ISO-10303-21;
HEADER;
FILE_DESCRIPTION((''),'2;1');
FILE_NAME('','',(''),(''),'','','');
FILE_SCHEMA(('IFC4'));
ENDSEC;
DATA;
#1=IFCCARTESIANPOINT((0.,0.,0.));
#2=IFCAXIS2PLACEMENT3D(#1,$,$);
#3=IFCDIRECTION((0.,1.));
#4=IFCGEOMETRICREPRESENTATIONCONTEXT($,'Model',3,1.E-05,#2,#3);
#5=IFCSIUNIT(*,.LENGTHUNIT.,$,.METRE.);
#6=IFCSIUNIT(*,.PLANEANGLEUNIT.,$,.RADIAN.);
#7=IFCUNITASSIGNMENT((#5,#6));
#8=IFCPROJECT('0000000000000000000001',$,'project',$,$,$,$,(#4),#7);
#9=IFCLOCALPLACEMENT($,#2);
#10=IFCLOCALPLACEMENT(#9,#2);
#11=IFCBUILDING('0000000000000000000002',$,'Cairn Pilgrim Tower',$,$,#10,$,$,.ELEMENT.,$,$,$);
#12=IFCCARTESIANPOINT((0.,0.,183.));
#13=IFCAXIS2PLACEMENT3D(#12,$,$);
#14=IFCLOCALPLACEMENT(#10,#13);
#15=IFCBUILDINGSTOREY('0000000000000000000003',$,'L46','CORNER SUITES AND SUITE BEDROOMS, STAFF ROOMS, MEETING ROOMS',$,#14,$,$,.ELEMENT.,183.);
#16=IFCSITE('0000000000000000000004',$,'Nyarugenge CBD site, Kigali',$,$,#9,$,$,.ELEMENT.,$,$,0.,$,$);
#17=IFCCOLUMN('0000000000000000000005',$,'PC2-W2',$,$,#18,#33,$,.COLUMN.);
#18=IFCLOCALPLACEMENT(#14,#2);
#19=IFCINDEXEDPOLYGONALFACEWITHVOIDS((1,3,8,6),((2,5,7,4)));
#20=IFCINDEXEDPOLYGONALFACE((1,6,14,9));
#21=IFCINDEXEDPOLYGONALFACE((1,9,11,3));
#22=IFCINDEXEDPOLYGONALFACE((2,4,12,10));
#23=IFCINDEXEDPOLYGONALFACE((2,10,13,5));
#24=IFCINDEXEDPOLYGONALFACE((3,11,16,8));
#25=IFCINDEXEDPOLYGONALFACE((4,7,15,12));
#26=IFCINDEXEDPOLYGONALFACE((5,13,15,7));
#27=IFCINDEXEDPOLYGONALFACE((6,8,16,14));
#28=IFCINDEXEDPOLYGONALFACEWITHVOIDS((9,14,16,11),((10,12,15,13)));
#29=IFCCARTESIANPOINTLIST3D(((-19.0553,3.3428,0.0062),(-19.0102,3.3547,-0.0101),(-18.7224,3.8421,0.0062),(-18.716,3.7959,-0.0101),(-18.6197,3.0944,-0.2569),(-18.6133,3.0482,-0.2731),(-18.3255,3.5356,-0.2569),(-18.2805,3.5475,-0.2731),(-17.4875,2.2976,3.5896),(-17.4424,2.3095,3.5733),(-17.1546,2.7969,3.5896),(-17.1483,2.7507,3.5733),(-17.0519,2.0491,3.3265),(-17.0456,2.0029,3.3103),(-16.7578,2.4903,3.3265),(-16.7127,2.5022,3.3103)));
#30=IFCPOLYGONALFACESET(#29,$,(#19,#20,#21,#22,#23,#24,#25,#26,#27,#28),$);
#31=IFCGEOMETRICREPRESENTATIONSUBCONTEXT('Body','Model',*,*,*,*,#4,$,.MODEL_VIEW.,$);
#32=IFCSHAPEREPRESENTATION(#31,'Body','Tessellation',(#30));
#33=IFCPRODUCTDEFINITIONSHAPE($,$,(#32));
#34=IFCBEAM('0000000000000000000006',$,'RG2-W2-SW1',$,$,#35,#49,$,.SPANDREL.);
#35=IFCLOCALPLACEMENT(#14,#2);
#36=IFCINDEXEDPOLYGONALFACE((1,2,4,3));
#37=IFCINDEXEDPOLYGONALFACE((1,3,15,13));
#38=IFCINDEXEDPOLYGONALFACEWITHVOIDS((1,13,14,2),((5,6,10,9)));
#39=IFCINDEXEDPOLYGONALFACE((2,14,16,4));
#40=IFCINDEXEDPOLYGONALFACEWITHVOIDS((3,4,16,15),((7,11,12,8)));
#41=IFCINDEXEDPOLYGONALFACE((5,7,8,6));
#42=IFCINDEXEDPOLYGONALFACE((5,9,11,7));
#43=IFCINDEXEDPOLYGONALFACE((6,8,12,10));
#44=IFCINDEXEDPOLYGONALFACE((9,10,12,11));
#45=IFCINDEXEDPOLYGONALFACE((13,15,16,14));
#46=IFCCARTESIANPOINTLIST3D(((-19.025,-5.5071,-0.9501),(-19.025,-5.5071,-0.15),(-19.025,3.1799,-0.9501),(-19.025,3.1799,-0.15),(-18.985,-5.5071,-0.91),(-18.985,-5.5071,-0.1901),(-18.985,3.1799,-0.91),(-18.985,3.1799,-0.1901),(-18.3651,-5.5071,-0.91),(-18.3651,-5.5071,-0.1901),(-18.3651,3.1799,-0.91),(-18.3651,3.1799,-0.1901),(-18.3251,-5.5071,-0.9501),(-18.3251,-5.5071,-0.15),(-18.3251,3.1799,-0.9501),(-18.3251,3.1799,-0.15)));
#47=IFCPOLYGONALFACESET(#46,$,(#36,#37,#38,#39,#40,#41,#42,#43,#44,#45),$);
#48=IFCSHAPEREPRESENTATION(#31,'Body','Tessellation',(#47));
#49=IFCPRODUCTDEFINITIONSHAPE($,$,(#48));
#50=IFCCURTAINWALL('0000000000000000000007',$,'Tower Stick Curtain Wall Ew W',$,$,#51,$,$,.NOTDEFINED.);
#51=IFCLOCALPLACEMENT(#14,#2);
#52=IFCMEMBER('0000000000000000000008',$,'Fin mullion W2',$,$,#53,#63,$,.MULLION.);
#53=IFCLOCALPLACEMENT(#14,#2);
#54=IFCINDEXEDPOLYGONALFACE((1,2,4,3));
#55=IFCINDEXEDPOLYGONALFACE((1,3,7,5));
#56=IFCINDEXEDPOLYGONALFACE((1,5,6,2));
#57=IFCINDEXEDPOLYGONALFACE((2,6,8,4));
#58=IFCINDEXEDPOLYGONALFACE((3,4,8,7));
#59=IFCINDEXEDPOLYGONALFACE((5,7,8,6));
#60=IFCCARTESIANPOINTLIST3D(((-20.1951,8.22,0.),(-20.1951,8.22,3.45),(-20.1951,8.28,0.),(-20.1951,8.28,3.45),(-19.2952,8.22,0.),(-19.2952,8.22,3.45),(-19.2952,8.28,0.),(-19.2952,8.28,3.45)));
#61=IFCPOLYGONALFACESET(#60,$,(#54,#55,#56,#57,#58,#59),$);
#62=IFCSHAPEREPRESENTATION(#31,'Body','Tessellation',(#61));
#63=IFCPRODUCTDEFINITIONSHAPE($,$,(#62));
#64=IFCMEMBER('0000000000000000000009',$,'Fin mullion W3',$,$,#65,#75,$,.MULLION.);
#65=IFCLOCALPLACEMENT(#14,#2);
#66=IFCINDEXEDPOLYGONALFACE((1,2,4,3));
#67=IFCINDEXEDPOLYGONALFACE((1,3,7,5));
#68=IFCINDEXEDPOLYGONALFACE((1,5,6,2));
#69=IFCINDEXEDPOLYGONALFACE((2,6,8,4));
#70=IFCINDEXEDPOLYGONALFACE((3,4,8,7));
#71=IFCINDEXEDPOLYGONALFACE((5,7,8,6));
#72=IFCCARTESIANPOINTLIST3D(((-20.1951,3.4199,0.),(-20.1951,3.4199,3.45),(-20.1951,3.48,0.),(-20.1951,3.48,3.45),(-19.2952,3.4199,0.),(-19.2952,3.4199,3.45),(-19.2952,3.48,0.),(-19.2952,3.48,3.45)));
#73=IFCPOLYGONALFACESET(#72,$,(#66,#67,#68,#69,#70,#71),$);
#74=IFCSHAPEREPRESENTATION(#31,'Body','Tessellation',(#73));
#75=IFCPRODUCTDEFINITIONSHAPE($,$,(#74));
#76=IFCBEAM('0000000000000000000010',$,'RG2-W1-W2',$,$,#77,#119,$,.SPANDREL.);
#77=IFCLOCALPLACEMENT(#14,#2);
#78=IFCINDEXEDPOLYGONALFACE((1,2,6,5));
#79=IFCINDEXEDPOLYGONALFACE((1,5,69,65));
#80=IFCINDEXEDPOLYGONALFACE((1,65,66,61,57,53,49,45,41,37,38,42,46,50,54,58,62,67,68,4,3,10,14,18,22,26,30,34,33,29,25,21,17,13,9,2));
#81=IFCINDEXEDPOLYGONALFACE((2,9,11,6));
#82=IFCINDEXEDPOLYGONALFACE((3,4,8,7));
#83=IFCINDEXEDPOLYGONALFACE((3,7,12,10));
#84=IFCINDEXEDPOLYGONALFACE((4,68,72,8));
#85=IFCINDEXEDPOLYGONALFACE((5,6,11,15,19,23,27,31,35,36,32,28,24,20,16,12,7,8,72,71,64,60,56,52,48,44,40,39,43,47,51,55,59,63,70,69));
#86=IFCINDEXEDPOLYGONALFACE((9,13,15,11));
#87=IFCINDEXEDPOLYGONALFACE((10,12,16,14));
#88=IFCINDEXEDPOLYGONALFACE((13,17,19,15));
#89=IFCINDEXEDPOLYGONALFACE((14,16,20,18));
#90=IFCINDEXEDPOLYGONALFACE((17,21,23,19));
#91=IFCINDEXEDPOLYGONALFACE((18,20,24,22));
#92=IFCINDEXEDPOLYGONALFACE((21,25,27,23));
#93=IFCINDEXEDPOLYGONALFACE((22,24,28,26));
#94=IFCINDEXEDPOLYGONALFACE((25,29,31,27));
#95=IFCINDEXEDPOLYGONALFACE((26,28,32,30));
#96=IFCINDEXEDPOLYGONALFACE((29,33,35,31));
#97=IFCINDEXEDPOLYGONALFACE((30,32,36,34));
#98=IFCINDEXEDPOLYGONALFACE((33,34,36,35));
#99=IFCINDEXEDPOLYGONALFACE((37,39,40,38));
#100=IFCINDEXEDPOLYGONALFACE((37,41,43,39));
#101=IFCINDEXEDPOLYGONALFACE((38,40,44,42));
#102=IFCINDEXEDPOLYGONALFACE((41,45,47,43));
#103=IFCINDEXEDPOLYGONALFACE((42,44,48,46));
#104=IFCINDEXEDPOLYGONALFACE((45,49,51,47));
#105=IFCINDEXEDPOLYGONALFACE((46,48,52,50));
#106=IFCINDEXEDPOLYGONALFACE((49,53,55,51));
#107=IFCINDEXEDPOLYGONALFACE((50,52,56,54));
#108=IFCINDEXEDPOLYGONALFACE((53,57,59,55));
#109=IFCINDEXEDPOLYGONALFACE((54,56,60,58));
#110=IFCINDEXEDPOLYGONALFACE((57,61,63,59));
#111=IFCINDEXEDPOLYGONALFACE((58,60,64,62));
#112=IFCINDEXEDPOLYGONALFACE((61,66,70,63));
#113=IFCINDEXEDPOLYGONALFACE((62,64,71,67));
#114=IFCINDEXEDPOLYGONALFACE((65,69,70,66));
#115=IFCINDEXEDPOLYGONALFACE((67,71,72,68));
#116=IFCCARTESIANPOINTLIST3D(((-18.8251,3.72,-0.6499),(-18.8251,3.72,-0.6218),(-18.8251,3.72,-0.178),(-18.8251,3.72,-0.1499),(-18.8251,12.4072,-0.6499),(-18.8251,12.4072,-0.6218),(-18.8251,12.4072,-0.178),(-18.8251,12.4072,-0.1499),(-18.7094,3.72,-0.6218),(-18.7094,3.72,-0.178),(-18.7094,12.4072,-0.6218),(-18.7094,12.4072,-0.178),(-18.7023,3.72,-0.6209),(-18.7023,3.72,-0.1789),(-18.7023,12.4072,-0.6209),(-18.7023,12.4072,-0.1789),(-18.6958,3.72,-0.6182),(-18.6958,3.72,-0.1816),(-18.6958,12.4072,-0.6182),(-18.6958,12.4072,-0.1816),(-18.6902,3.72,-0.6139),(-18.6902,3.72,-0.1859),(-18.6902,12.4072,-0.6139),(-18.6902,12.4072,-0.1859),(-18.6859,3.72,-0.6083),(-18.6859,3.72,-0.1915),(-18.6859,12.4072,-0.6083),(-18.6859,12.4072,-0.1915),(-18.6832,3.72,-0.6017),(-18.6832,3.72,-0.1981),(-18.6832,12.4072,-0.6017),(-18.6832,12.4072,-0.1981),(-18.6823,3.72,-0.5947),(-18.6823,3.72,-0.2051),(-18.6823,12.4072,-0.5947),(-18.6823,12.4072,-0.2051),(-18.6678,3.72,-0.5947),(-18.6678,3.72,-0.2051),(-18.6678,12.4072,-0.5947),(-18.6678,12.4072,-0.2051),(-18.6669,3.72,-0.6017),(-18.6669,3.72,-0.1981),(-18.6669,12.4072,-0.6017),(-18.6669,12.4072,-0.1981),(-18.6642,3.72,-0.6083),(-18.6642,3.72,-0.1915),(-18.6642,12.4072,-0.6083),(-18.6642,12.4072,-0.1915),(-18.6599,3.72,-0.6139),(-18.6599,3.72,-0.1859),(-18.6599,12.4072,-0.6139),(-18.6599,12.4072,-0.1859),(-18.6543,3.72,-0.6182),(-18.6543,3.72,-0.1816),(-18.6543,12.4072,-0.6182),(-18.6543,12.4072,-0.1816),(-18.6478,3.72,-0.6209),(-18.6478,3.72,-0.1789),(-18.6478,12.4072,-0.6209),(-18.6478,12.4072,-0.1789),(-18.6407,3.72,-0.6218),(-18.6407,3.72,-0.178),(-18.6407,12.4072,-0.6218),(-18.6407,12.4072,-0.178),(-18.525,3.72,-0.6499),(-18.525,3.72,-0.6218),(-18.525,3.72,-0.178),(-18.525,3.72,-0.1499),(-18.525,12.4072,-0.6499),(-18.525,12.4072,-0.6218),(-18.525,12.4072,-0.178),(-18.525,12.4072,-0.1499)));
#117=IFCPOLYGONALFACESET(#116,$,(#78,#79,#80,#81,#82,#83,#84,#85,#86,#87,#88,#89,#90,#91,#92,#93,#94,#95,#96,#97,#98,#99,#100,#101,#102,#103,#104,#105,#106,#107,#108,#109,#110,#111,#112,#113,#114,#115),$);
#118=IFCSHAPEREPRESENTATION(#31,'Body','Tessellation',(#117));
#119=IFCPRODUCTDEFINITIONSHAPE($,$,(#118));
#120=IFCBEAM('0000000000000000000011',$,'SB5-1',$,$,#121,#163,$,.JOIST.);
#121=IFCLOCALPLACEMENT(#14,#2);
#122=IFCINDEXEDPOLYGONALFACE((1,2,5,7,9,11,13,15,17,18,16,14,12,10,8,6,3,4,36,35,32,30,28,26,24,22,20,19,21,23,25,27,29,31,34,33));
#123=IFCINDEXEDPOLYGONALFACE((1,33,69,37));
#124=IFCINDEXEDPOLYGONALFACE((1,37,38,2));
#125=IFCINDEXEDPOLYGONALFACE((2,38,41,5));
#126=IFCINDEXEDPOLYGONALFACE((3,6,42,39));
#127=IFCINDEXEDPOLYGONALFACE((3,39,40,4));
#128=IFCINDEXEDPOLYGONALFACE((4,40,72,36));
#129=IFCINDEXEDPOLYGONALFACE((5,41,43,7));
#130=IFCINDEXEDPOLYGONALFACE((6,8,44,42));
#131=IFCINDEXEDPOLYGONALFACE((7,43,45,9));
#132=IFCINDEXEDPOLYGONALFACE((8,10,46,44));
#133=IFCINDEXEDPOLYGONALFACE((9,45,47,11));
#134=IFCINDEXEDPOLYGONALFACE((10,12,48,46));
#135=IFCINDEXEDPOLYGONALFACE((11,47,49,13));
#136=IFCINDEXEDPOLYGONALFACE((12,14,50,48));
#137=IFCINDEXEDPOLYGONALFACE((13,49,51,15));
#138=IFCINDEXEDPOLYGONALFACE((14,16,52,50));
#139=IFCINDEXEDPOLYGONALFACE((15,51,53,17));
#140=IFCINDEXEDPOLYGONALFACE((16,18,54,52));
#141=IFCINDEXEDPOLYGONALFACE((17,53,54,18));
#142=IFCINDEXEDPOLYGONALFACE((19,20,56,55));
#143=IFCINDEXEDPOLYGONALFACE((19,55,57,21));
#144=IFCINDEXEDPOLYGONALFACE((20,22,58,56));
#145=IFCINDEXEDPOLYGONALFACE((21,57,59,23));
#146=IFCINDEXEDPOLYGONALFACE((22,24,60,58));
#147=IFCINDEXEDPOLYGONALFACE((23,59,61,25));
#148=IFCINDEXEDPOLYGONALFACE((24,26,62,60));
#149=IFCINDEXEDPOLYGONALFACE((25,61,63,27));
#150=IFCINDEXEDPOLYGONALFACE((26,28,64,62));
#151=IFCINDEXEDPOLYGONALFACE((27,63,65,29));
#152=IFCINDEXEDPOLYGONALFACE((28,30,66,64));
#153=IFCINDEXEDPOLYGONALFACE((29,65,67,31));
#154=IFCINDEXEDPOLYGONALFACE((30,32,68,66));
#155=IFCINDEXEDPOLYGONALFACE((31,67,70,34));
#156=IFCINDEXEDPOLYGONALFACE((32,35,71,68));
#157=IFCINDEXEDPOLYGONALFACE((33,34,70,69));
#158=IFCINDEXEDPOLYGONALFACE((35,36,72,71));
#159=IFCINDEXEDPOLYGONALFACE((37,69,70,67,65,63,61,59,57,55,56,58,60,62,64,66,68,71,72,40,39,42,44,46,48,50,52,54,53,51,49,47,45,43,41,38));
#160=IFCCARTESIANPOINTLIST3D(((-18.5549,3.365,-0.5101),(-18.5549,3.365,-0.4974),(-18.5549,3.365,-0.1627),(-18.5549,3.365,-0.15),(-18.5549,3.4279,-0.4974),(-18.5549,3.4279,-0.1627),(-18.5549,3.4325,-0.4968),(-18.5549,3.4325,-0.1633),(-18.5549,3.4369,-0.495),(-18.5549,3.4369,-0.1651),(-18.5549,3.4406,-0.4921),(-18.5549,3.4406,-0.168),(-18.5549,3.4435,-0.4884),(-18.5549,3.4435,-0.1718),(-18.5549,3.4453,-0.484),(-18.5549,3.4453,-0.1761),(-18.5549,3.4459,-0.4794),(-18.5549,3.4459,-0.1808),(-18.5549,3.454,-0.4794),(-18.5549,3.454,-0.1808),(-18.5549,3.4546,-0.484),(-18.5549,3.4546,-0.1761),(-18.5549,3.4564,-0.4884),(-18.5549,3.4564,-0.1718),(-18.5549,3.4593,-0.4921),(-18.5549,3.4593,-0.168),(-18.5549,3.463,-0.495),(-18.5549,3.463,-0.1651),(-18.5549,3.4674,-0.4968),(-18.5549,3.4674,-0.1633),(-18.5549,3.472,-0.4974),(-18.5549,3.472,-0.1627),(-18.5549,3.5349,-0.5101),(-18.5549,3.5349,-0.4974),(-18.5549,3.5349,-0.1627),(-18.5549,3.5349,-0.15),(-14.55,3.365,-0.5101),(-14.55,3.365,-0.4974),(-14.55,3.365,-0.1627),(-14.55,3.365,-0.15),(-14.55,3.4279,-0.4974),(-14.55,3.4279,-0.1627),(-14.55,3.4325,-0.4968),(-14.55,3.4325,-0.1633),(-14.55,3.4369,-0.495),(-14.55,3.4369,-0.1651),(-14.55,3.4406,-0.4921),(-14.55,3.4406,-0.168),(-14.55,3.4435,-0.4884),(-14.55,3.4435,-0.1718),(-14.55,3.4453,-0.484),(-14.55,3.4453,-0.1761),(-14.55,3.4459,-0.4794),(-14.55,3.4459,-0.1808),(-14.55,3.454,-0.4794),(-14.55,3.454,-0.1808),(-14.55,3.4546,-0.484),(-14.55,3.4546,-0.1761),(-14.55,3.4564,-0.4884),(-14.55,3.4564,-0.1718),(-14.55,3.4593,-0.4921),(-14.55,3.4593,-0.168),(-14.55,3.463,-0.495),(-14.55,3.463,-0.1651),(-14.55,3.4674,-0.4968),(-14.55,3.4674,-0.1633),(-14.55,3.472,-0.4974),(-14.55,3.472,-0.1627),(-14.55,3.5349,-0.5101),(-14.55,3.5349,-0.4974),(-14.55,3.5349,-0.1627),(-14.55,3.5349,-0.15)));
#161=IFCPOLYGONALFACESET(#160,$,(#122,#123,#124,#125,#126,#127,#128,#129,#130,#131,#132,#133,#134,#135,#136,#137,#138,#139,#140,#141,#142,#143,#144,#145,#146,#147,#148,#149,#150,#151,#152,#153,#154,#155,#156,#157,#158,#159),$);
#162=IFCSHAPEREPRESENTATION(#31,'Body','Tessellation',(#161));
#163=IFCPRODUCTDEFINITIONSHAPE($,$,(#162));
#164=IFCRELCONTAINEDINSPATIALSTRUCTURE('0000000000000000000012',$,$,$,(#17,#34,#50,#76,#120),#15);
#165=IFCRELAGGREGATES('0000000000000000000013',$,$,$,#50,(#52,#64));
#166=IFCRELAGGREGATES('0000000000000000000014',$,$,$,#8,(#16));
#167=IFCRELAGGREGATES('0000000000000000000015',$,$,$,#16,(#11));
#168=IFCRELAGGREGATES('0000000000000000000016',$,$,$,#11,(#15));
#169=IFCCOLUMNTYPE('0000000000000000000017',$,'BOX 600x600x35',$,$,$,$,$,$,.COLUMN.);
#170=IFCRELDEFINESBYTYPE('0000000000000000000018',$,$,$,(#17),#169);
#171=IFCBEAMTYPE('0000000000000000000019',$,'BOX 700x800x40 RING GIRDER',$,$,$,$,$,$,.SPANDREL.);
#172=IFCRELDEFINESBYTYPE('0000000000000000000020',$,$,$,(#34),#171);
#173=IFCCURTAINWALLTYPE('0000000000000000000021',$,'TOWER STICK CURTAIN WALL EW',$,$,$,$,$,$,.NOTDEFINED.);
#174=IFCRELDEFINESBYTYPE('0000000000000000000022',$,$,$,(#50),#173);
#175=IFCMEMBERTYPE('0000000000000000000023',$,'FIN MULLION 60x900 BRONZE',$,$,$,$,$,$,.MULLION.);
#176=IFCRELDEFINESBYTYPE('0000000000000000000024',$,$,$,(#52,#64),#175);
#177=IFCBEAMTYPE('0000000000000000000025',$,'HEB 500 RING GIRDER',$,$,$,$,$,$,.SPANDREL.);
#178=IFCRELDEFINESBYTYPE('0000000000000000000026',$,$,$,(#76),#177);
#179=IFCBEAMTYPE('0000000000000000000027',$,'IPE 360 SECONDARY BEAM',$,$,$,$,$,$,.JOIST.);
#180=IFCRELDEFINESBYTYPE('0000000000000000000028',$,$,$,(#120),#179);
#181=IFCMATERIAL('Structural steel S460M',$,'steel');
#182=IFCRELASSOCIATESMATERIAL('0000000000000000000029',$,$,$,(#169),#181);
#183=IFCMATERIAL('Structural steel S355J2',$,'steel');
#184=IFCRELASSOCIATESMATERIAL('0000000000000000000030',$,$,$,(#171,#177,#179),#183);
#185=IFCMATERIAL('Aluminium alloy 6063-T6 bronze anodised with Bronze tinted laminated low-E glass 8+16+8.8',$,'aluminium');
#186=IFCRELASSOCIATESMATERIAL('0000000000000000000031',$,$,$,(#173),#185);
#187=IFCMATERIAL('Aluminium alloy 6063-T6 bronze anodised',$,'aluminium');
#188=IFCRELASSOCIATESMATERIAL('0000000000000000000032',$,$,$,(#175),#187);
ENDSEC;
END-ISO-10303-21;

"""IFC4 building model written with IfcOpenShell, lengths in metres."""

from ifc_helpers import new_model, si_unit, direction, frame, origin, origin_2d, place, context, subcontext, project, spatial, rectangle, hollow_rectangle, i_section, extrude, clip, halfspace, material, material_profile, profile_set, type_object, element, aggregate, save


model = new_model("IFC4")

# Units and contexts
model_context = context("Model", 3, precision=1e-05, world=origin(), true_north=direction((0.0, 1.0)))
body_context = subcontext(model_context, "Body", "Model", "MODEL_VIEW")
ifc_project = project(units=[si_unit("LENGTHUNIT", "METRE"), si_unit("PLANEANGLEUNIT", "RADIAN")], contexts=[model_context])

# Site, building, storey
site_placement = place(None, origin())
site = spatial("IfcSite", under=ifc_project, at=site_placement, Name="Nyarugenge CBD site, Kigali", CompositionType="ELEMENT", RefElevation=0.0)
building_placement = place(site_placement, origin())
building = spatial("IfcBuilding", under=site, at=building_placement, Name="Cairn Pilgrim Tower", CompositionType="ELEMENT")
storey_placement = place(building_placement, frame((0.0, 0.0, 183.0)))
storey = spatial("IfcBuildingStorey", under=building, at=storey_placement, Name="L46", Description="CORNER SUITES AND SUITE BEDROOMS, STAFF ROOMS, MEETING ROOMS", CompositionType="ELEMENT", Elevation=183.0)

# Column
ifc_material_1 = material(Name="Structural steel S460M", Category="steel")
ifc_material_profile_1 = material_profile(ifc_material_1, hollow_rectangle(XDim=0.6001, YDim=0.6001, WallThickness=0.0349, at=origin_2d()), Name="BOX 600x600x35")
ifc_profile_set_1 = profile_set([ifc_material_profile_1], Name="Structural steel S460M")
column_type = type_object("IfcColumnType", Name="BOX 600x600x35", PredefinedType="COLUMN", material=ifc_profile_set_1)
for number, where, z_axis, x_axis, name in (
    (1, (-18.675, 3.45, -0.1499), (0.387233, -0.258176, 0.885096), (0.55473, 0.83203, 0.0), "PC2-W2"),
):
    element("IfcColumn", number, at=place(storey_placement, frame(where, z_axis=z_axis, x_axis=x_axis)), inside=storey, type_object=column_type, Name=name, PredefinedType="COLUMN", context=body_context, shape_type="Clipping", body=[
        clip(extrude(hollow_rectangle(XDim=0.6001, YDim=0.6001, WallThickness=0.0349, at=origin_2d()), origin(), (0.0, 0.0, 1.0), 4.0671), halfspace(frame((0.0, 0.0, 0.0186), z_axis=(0.0, 0.0, 1.0), x_axis=(1.0, 0.0, 0.0)), True)),
    ])

# Beam
ifc_material_2 = material(Name="Structural steel S355J2", Category="steel")
ifc_material_profile_2 = material_profile(ifc_material_2, hollow_rectangle(XDim=0.7, YDim=0.8, WallThickness=0.04, at=origin_2d()), Name="BOX 700x800x40")
ifc_profile_set_2 = profile_set([ifc_material_profile_2], Name="Structural steel S355J2")
beam_type_1 = type_object("IfcBeamType", Name="BOX 700x800x40 RING GIRDER", PredefinedType="SPANDREL", material=ifc_profile_set_2)
beam_1_placement = place(storey_placement, frame((-18.675, 3.1799, -0.55), z_axis=(0.0, -1.0, 0.0), x_axis=(1.0, 0.0, 0.0)))
element("IfcBeam", 2, at=beam_1_placement, inside=storey, type_object=beam_type_1, Name="RG2-W2-SW1", PredefinedType="SPANDREL", context=body_context, shape_type="SweptSolid", body=[
    extrude(hollow_rectangle(XDim=0.7, YDim=0.8, WallThickness=0.04, at=origin_2d()), origin(), (0.0, 0.0, 1.0), 8.687),
])

# Curtain wall, members
ifc_material_3 = material(Name="Aluminium alloy 6063-T6 bronze anodised with Bronze tinted laminated low-E glass 8+16+8.8", Category="aluminium")
curtain_wall_type = type_object("IfcCurtainWallType", Name="TOWER STICK CURTAIN WALL EW", PredefinedType="NOTDEFINED", material=ifc_material_3)
curtain_wall_placement = place(storey_placement, origin())
curtain_wall = element("IfcCurtainWall", 3, at=curtain_wall_placement, inside=storey, type_object=curtain_wall_type, Name="Tower Stick Curtain Wall Ew W", PredefinedType="NOTDEFINED")
ifc_material_4 = material(Name="Aluminium alloy 6063-T6 bronze anodised", Category="aluminium")
ifc_material_profile_3 = material_profile(ifc_material_4, rectangle(XDim=0.8999, YDim=0.0601, at=origin_2d()), Name="FIN MULLION 60x900 BRONZE")
ifc_profile_set_3 = profile_set([ifc_material_profile_3], Name="Aluminium alloy 6063-T6 bronze anodised")
member_type_1 = type_object("IfcMemberType", Name="FIN MULLION 60x900 BRONZE", PredefinedType="MULLION", material=ifc_profile_set_3)
member_1_placement = place(storey_placement, frame((-19.7451, 8.25, 0.0), z_axis=(0.0, 0.0, 1.0), x_axis=(-1.0, 0.0, 0.0)))
member_1 = element("IfcMember", 4, at=member_1_placement, type_object=member_type_1, Name="Fin mullion W2", PredefinedType="MULLION", context=body_context, shape_type="SweptSolid", body=[
    extrude(rectangle(XDim=0.8999, YDim=0.0601, at=origin_2d()), origin(), (0.0, 0.0, 1.0), 3.45),
])
member_2_placement = place(storey_placement, frame((-19.7451, 3.45, 0.0), z_axis=(0.0, 0.0, 1.0), x_axis=(-1.0, 0.0, 0.0)))
member_2 = element("IfcMember", 5, at=member_2_placement, type_object=member_type_1, Name="Fin mullion W3", PredefinedType="MULLION", context=body_context, shape_type="SweptSolid", body=[
    extrude(rectangle(XDim=0.8999, YDim=0.0601, at=origin_2d()), origin(), (0.0, 0.0, 1.0), 3.45),
])

# Beams
ifc_material_profile_4 = material_profile(ifc_material_2, i_section(OverallWidth=0.3, OverallDepth=0.5, WebThickness=0.0144, FlangeThickness=0.0281, FilletRadius=0.0271, at=origin_2d()), Name="HEB 500")
ifc_profile_set_4 = profile_set([ifc_material_profile_4], Name="Structural steel S355J2")
beam_type_2 = type_object("IfcBeamType", Name="HEB 500 RING GIRDER", PredefinedType="SPANDREL", material=ifc_profile_set_4)
beam_2_placement = place(storey_placement, frame((-18.675, 12.4072, -0.3999), z_axis=(0.0, -1.0, 0.0), x_axis=(1.0, 0.0, 0.0)))
element("IfcBeam", 6, at=beam_2_placement, inside=storey, type_object=beam_type_2, Name="RG2-W1-W2", PredefinedType="SPANDREL", context=body_context, shape_type="SweptSolid", body=[
    extrude(i_section(OverallWidth=0.3, OverallDepth=0.5, WebThickness=0.0144, FlangeThickness=0.0281, FilletRadius=0.0271, at=origin_2d()), origin(), (0.0, 0.0, 1.0), 8.6873),
])
ifc_material_profile_5 = material_profile(ifc_material_2, i_section(OverallWidth=0.1699, OverallDepth=0.3601, WebThickness=0.0081, FlangeThickness=0.0127, FilletRadius=0.0181, at=origin_2d()), Name="IPE 360")
ifc_profile_set_5 = profile_set([ifc_material_profile_5], Name="Structural steel S355J2")
beam_type_3 = type_object("IfcBeamType", Name="IPE 360 SECONDARY BEAM", PredefinedType="JOIST", material=ifc_profile_set_5)
for number, where, z_axis, x_axis, name in (
    (7, (-18.5549, 3.45, -0.3301), (1.0, 0.0, 0.0), (0.0, 1.0, 0.0), "SB5-1"),
):
    element("IfcBeam", number, at=place(storey_placement, frame(where, z_axis=z_axis, x_axis=x_axis)), inside=storey, type_object=beam_type_3, Name=name, PredefinedType="JOIST", context=body_context, shape_type="SweptSolid", body=[
        extrude(i_section(OverallWidth=0.1699, OverallDepth=0.3601, WebThickness=0.0081, FlangeThickness=0.0127, FilletRadius=0.0181, at=origin_2d()), origin(), (0.0, 0.0, 1.0), 4.0049),
    ])

aggregate(curtain_wall, [member_1, member_2])

save(model, "model.ifc")
